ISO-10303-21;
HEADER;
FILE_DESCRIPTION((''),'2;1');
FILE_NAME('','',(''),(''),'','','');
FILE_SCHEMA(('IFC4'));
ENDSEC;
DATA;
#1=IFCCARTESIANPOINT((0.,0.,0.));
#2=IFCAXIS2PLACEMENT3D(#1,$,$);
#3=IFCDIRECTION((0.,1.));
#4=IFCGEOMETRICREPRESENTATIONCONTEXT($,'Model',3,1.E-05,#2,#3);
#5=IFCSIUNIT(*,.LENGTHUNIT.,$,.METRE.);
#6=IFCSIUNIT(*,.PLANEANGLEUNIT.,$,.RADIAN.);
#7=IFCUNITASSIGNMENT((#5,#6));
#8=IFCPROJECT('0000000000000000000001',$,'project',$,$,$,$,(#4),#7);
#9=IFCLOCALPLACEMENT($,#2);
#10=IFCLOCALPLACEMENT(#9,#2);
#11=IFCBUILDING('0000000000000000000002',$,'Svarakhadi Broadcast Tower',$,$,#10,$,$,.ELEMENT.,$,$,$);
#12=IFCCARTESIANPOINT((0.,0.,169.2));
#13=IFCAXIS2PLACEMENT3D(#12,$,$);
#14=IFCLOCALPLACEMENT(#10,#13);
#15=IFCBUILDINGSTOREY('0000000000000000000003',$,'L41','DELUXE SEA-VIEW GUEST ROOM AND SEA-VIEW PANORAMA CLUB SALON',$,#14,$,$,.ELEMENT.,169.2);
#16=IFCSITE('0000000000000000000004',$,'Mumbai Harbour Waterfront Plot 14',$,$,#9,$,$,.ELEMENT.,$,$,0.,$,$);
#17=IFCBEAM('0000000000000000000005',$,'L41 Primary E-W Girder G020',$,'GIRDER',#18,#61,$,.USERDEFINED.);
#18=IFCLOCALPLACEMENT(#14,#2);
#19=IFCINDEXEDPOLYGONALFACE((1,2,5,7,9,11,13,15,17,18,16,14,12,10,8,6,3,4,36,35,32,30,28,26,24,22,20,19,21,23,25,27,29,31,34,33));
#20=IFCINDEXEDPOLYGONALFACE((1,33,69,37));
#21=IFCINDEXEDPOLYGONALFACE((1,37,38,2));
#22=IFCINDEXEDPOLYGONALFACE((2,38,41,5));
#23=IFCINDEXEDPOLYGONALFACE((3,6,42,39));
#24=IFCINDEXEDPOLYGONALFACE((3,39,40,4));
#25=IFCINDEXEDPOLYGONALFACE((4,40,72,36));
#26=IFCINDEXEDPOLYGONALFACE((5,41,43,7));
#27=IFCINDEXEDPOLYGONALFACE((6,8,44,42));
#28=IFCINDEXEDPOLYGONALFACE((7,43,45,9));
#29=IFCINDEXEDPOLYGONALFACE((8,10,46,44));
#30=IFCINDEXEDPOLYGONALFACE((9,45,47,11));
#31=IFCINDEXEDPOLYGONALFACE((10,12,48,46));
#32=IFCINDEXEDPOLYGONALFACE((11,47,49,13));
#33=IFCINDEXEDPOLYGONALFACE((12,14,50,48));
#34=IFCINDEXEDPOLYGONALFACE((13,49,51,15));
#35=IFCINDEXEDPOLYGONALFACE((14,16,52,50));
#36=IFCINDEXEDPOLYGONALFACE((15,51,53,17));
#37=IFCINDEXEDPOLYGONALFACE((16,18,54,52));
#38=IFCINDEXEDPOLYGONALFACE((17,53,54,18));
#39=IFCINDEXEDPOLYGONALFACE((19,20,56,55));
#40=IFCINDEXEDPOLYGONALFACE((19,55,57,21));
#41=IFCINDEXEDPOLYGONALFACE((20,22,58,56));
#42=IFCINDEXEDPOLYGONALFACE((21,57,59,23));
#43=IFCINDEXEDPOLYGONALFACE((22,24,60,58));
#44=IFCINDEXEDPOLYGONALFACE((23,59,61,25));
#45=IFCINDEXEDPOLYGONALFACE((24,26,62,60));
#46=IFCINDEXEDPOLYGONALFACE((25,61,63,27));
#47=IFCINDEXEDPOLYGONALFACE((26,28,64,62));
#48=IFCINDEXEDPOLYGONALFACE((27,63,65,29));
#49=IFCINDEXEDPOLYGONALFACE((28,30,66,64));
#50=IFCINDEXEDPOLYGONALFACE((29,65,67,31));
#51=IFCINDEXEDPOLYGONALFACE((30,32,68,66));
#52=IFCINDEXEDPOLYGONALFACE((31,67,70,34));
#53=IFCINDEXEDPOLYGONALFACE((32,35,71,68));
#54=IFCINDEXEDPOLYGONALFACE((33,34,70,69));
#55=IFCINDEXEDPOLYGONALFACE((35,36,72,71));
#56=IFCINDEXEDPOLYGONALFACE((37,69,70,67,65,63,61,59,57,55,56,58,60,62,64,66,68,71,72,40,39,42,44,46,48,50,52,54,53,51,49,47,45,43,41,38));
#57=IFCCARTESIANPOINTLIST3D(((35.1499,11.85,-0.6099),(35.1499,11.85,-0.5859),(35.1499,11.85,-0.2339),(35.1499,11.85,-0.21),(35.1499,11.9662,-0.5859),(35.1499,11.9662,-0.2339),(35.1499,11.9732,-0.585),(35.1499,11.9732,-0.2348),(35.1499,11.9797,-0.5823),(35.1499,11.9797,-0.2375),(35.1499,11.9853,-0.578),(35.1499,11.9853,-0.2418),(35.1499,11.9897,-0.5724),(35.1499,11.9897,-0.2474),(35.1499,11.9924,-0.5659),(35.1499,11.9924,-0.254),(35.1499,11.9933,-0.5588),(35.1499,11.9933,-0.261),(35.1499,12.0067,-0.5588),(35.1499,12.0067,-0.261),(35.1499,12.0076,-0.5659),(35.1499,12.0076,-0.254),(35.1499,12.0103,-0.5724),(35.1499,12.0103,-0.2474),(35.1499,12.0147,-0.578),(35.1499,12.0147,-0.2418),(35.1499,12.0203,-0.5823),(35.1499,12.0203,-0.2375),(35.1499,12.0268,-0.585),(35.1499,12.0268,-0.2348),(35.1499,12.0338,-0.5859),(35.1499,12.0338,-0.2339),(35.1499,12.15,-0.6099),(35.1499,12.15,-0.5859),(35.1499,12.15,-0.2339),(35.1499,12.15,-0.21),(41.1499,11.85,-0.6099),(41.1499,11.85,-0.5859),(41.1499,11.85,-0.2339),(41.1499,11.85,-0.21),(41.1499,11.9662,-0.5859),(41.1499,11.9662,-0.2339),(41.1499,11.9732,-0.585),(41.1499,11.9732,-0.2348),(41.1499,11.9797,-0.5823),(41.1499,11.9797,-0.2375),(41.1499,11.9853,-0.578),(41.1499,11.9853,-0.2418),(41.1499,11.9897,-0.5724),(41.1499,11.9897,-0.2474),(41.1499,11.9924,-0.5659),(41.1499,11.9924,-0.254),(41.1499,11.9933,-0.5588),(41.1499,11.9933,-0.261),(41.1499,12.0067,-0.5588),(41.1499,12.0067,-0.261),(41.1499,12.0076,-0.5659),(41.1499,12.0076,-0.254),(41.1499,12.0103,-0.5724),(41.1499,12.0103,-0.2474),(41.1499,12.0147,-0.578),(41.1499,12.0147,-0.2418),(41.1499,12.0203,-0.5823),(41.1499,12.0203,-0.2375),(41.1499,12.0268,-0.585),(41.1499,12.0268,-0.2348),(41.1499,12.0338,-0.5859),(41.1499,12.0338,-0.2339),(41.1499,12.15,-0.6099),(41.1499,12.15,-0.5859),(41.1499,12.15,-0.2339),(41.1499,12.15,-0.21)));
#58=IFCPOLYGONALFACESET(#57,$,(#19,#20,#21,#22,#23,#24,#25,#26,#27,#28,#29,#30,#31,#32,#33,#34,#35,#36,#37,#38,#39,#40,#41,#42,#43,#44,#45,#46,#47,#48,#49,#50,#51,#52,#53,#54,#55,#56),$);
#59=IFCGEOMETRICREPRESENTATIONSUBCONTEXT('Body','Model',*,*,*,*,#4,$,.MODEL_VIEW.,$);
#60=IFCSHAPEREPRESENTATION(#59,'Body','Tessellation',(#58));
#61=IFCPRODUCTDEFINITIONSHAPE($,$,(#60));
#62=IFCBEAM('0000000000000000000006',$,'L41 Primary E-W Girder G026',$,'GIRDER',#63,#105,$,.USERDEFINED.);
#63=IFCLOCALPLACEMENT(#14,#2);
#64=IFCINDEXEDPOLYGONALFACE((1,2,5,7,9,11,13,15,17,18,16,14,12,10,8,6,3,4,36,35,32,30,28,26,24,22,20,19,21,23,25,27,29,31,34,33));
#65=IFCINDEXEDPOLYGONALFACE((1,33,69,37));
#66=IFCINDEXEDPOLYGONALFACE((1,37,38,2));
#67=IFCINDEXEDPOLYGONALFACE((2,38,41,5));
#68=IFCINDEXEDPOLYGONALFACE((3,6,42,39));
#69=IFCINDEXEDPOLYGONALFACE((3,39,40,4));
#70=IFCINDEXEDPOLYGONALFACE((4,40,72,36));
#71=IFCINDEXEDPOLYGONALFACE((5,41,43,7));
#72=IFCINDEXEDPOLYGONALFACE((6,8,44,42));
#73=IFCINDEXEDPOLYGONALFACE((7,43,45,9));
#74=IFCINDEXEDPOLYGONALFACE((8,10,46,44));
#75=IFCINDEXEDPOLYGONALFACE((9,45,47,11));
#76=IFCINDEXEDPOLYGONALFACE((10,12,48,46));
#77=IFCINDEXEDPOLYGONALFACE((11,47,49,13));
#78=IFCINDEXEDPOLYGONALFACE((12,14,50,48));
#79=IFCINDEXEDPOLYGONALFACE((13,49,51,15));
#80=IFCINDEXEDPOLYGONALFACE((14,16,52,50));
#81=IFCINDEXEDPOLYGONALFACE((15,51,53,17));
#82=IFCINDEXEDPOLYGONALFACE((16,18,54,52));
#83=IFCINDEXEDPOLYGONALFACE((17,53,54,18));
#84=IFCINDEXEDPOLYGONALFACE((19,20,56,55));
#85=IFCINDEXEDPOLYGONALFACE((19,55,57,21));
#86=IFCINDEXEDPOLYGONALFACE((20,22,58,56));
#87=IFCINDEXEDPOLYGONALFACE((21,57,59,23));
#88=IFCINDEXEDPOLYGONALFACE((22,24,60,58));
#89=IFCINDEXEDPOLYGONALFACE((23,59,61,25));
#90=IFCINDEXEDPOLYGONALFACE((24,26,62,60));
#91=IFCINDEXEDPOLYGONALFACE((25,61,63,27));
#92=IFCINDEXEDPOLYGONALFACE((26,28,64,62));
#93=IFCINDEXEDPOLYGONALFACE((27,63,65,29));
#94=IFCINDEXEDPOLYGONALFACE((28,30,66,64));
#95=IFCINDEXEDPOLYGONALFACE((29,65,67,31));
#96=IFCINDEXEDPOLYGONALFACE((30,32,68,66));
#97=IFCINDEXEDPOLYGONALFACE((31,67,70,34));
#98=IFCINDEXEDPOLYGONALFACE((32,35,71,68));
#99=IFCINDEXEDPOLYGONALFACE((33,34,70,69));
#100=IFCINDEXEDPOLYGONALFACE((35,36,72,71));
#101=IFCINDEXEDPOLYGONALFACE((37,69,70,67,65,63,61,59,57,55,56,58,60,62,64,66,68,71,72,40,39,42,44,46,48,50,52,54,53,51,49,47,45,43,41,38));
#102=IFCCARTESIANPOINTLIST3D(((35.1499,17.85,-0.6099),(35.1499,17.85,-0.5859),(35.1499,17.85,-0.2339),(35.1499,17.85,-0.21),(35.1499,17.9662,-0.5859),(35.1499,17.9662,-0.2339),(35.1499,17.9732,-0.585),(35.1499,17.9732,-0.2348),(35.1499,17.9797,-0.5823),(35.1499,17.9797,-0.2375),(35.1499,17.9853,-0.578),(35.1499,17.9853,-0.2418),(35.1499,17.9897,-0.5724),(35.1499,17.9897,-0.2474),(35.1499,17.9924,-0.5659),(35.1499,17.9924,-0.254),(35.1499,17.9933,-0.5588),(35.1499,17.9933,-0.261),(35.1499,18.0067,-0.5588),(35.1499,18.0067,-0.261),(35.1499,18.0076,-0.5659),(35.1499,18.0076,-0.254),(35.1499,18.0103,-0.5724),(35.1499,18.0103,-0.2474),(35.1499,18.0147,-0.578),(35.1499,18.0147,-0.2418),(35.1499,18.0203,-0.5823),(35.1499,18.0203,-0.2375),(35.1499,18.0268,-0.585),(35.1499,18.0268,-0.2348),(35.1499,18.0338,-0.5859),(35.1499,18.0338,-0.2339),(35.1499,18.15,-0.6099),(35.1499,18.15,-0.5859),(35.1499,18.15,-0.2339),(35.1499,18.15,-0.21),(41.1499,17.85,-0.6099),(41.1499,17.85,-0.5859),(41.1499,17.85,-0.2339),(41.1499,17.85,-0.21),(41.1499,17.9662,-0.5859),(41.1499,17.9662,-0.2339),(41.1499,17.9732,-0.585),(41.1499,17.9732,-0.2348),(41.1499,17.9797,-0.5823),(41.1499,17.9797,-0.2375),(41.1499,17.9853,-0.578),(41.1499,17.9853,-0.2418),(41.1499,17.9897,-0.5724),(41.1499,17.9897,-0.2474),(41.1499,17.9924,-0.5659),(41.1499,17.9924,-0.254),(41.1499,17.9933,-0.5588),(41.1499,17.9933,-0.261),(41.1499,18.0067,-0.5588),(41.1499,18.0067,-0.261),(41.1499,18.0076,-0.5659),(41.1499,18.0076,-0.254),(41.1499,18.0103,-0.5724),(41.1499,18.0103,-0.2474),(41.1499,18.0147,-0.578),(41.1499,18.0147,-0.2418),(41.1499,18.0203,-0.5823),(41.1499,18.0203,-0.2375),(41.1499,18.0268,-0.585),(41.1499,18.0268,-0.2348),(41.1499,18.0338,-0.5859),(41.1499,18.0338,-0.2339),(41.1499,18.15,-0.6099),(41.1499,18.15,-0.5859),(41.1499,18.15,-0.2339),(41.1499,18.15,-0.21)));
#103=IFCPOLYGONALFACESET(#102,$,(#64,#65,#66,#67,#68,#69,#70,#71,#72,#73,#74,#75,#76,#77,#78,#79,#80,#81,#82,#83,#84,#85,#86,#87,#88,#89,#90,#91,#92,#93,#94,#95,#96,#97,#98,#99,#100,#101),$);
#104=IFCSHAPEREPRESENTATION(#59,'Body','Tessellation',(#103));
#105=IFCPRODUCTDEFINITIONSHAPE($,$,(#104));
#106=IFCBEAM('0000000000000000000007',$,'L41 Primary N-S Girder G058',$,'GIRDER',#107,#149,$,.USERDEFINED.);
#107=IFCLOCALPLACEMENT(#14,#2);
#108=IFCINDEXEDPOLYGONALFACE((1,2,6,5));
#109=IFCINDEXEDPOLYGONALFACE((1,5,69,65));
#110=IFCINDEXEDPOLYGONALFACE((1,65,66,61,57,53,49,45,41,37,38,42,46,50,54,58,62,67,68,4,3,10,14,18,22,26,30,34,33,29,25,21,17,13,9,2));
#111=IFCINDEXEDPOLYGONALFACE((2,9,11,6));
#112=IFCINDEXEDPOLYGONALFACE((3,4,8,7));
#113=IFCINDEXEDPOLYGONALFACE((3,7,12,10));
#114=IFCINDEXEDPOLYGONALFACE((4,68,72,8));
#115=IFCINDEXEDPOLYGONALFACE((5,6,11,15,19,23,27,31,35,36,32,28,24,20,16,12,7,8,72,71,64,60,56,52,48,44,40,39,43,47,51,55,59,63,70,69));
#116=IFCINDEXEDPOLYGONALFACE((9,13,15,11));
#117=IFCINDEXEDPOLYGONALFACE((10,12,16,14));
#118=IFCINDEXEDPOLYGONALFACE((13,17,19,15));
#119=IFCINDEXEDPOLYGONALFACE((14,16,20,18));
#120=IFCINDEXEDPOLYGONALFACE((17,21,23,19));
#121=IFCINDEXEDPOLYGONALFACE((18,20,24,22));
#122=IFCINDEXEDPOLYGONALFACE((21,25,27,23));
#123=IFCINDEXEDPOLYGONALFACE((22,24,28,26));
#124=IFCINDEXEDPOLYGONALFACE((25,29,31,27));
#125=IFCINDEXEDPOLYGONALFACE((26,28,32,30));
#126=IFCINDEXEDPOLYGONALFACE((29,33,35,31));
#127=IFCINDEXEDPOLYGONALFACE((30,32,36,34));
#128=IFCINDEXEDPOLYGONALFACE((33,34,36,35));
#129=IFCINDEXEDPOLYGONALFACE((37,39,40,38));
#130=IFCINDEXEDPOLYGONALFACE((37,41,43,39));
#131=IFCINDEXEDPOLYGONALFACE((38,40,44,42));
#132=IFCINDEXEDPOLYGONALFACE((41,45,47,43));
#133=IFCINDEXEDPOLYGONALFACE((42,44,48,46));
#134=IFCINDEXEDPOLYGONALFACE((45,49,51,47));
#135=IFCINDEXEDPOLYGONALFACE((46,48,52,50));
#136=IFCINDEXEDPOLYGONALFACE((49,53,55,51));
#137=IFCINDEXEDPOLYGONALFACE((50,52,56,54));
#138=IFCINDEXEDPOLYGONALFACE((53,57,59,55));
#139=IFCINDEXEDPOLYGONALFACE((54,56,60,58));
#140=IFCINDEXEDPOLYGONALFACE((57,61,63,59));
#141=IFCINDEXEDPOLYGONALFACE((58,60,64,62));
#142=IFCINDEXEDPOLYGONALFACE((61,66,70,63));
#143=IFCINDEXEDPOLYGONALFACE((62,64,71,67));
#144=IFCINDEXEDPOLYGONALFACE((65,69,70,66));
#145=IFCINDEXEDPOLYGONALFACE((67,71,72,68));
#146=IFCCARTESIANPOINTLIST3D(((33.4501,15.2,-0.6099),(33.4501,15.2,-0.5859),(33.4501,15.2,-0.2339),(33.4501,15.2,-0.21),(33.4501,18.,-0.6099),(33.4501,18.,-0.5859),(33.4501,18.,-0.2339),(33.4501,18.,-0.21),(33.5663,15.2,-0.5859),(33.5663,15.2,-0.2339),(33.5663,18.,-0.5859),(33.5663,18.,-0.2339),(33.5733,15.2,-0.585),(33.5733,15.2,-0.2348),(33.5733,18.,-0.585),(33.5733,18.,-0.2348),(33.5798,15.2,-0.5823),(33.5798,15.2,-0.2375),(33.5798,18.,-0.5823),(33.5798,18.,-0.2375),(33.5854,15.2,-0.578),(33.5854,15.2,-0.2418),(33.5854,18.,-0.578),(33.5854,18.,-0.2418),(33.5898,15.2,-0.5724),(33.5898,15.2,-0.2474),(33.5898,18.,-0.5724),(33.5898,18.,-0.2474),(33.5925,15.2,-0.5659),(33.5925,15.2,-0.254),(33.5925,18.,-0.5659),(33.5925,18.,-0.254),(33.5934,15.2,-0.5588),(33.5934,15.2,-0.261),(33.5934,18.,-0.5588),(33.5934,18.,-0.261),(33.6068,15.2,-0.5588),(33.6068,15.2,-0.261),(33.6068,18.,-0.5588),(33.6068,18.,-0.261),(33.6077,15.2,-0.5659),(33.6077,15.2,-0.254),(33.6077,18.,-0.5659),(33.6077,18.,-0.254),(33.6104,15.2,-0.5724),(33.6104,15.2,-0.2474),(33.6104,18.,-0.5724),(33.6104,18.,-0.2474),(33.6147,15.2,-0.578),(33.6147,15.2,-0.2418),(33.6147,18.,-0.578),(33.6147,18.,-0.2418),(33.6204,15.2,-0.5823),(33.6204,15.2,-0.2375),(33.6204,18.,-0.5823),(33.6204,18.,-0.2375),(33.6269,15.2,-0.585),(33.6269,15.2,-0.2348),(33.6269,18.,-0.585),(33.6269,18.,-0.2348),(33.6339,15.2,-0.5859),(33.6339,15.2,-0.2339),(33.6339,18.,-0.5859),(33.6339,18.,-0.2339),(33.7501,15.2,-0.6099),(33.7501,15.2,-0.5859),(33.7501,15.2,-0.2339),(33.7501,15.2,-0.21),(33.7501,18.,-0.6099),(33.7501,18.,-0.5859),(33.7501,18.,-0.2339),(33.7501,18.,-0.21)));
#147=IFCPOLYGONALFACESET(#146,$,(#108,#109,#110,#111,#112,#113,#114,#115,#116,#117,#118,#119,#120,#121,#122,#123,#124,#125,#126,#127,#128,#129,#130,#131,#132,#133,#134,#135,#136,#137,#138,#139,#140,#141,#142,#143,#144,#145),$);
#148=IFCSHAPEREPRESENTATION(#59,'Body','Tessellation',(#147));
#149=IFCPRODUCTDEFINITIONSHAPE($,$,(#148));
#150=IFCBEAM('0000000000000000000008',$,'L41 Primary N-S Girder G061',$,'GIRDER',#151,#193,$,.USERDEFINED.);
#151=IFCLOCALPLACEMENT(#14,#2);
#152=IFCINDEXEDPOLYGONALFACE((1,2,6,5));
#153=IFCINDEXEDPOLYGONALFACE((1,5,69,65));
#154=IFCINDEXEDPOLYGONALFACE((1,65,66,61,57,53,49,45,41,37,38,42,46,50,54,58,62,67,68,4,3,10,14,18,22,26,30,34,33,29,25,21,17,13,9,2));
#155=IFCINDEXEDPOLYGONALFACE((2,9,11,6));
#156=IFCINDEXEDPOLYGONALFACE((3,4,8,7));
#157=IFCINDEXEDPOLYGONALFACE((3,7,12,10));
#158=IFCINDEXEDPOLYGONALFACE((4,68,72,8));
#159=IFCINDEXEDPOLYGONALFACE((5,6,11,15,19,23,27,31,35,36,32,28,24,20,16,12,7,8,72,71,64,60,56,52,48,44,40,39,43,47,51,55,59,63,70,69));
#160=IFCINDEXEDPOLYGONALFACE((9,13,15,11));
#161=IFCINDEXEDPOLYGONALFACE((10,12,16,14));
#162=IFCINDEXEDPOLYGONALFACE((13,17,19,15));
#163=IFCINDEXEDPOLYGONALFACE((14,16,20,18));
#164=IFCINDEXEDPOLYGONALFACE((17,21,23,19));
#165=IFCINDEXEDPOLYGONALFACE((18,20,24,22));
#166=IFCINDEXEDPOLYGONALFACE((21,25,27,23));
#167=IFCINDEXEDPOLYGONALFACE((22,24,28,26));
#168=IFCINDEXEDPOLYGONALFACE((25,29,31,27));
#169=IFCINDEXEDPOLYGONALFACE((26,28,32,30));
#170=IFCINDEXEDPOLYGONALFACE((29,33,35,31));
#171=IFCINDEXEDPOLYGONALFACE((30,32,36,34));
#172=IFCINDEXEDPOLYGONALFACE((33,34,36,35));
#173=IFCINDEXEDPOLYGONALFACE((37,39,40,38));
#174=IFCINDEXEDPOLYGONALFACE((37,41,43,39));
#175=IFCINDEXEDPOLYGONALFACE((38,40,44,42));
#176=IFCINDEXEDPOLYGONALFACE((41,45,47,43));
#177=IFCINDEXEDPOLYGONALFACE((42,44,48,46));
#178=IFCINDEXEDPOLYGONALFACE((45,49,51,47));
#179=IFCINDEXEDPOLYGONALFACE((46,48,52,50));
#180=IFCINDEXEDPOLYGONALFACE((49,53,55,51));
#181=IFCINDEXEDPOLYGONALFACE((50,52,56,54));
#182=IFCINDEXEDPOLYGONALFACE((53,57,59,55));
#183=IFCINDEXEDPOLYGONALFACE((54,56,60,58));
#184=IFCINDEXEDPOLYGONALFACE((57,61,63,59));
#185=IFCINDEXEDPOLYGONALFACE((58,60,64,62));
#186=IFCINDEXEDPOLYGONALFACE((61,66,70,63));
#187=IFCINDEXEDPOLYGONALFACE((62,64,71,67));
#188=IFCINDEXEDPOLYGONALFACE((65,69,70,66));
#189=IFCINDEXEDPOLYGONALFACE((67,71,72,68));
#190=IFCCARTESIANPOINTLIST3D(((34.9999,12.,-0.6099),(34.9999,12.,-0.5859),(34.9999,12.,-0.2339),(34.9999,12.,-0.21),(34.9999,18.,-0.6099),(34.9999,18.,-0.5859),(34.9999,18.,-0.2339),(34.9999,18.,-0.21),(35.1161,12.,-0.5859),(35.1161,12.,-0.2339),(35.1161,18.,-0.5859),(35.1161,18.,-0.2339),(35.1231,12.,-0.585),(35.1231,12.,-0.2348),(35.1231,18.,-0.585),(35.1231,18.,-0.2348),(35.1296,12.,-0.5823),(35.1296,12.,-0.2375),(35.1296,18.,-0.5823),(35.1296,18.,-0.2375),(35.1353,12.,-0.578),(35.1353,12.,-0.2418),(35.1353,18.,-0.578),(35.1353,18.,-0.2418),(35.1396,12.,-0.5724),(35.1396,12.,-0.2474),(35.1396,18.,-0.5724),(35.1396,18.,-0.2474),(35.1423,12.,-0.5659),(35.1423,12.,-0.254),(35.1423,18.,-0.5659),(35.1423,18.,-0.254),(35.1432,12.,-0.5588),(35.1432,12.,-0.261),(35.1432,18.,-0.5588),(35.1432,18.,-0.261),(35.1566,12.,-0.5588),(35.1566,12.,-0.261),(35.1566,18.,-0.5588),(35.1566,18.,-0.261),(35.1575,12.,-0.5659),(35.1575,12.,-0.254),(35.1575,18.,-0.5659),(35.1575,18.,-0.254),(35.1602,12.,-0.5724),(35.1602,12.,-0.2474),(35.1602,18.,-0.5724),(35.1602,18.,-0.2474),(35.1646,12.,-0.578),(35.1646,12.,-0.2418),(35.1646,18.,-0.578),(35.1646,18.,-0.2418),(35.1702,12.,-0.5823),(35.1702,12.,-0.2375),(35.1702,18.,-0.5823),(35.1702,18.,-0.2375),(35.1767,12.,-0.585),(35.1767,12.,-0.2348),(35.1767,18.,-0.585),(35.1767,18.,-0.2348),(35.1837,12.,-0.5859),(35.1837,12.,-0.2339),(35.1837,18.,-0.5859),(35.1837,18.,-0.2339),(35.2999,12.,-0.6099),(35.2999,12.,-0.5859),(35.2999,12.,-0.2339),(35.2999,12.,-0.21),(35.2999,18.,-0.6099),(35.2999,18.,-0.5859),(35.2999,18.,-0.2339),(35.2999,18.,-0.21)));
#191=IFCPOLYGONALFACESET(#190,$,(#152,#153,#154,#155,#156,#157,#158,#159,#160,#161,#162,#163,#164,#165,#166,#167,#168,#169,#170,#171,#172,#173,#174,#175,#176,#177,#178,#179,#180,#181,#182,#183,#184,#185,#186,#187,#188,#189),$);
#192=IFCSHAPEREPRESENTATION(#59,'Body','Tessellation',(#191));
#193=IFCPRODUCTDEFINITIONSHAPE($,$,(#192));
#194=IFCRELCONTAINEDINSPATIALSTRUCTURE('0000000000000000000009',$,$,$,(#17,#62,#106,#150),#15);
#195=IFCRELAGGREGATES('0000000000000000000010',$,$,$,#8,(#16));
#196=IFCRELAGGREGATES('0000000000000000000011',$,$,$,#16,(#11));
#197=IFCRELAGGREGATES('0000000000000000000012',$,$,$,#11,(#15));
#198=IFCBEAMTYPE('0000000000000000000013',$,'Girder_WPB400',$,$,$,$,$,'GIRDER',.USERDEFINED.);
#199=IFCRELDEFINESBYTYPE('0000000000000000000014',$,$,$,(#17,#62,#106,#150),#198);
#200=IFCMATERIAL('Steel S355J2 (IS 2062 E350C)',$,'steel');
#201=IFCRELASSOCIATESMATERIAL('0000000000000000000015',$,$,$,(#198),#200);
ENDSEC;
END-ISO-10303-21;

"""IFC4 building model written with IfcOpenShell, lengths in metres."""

from ifc_helpers import new_model, si_unit, direction, frame, origin, origin_2d, place, context, subcontext, project, spatial, i_section, extrude, material, material_profile, profile_set, type_object, element, save


model = new_model("IFC4")

# Units and contexts
model_context = context("Model", 3, precision=1e-05, world=origin(), true_north=direction((0.0, 1.0)))
body_context = subcontext(model_context, "Body", "Model", "MODEL_VIEW")
ifc_project = project(units=[si_unit("LENGTHUNIT", "METRE"), si_unit("PLANEANGLEUNIT", "RADIAN")], contexts=[model_context])

# Site, building, storey
site_placement = place(None, origin())
site = spatial("IfcSite", under=ifc_project, at=site_placement, Name="Mumbai Harbour Waterfront Plot 14", CompositionType="ELEMENT", RefElevation=0.0)
building_placement = place(site_placement, origin())
building = spatial("IfcBuilding", under=site, at=building_placement, Name="Svarakhadi Broadcast Tower", CompositionType="ELEMENT")
storey_placement = place(building_placement, frame((0.0, 0.0, 169.2)))
storey = spatial("IfcBuildingStorey", under=building, at=storey_placement, Name="L41", Description="DELUXE SEA-VIEW GUEST ROOM AND SEA-VIEW PANORAMA CLUB SALON", CompositionType="ELEMENT", Elevation=169.2)

# Beams
ifc_material_1 = material(Name="Steel S355J2 (IS 2062 E350C)", Category="steel")
ifc_material_profile_1 = material_profile(ifc_material_1, i_section(OverallWidth=0.3, OverallDepth=0.3999, WebThickness=0.0134, FlangeThickness=0.0239, FilletRadius=0.0271, at=origin_2d()), Name="WPB 400x300x155")
ifc_profile_set_1 = profile_set([ifc_material_profile_1], Name="Steel S355J2 (IS 2062 E350C)")
beam_type = type_object("IfcBeamType", Name="Girder_WPB400", ElementType="GIRDER", PredefinedType="USERDEFINED", material=ifc_profile_set_1)
for number, where, z_axis, x_axis, name in (
    (1, (35.1499, 12.0, -0.4099), (1.0, 0.0, 0.0), (0.0, 1.0, 0.0), "L41 Primary E-W Girder G020"),
    (2, (35.1499, 18.0, -0.4099), (1.0, 0.0, 0.0), (0.0, 1.0, 0.0), "L41 Primary E-W Girder G026"),
):
    element("IfcBeam", number, at=place(storey_placement, frame(where, z_axis=z_axis, x_axis=x_axis)), inside=storey, type_object=beam_type, Name=name, ObjectType="GIRDER", PredefinedType="USERDEFINED", context=body_context, shape_type="SweptSolid", body=[
        extrude(i_section(OverallWidth=0.3, OverallDepth=0.3999, WebThickness=0.0134, FlangeThickness=0.0239, FilletRadius=0.0271, at=origin_2d()), origin(), (0.0, 0.0, 1.0), 6.0),
    ])
beam_1_placement = place(storey_placement, frame((33.6001, 15.2, -0.4099), z_axis=(0.0, 1.0, 0.0), x_axis=(-1.0, 0.0, 0.0)))
element("IfcBeam", 3, at=beam_1_placement, inside=storey, type_object=beam_type, Name="L41 Primary N-S Girder G058", ObjectType="GIRDER", PredefinedType="USERDEFINED", context=body_context, shape_type="SweptSolid", body=[
    extrude(i_section(OverallWidth=0.3, OverallDepth=0.3999, WebThickness=0.0134, FlangeThickness=0.0239, FilletRadius=0.0271, at=origin_2d()), origin(), (0.0, 0.0, 1.0), 2.8),
])
beam_2_placement = place(storey_placement, frame((35.1499, 12.0, -0.4099), z_axis=(0.0, 1.0, 0.0), x_axis=(-1.0, 0.0, 0.0)))
element("IfcBeam", 4, at=beam_2_placement, inside=storey, type_object=beam_type, Name="L41 Primary N-S Girder G061", ObjectType="GIRDER", PredefinedType="USERDEFINED", context=body_context, shape_type="SweptSolid", body=[
    extrude(i_section(OverallWidth=0.3, OverallDepth=0.3999, WebThickness=0.0134, FlangeThickness=0.0239, FilletRadius=0.0271, at=origin_2d()), origin(), (0.0, 0.0, 1.0), 6.0),
])

save(model, "model.ifc")
